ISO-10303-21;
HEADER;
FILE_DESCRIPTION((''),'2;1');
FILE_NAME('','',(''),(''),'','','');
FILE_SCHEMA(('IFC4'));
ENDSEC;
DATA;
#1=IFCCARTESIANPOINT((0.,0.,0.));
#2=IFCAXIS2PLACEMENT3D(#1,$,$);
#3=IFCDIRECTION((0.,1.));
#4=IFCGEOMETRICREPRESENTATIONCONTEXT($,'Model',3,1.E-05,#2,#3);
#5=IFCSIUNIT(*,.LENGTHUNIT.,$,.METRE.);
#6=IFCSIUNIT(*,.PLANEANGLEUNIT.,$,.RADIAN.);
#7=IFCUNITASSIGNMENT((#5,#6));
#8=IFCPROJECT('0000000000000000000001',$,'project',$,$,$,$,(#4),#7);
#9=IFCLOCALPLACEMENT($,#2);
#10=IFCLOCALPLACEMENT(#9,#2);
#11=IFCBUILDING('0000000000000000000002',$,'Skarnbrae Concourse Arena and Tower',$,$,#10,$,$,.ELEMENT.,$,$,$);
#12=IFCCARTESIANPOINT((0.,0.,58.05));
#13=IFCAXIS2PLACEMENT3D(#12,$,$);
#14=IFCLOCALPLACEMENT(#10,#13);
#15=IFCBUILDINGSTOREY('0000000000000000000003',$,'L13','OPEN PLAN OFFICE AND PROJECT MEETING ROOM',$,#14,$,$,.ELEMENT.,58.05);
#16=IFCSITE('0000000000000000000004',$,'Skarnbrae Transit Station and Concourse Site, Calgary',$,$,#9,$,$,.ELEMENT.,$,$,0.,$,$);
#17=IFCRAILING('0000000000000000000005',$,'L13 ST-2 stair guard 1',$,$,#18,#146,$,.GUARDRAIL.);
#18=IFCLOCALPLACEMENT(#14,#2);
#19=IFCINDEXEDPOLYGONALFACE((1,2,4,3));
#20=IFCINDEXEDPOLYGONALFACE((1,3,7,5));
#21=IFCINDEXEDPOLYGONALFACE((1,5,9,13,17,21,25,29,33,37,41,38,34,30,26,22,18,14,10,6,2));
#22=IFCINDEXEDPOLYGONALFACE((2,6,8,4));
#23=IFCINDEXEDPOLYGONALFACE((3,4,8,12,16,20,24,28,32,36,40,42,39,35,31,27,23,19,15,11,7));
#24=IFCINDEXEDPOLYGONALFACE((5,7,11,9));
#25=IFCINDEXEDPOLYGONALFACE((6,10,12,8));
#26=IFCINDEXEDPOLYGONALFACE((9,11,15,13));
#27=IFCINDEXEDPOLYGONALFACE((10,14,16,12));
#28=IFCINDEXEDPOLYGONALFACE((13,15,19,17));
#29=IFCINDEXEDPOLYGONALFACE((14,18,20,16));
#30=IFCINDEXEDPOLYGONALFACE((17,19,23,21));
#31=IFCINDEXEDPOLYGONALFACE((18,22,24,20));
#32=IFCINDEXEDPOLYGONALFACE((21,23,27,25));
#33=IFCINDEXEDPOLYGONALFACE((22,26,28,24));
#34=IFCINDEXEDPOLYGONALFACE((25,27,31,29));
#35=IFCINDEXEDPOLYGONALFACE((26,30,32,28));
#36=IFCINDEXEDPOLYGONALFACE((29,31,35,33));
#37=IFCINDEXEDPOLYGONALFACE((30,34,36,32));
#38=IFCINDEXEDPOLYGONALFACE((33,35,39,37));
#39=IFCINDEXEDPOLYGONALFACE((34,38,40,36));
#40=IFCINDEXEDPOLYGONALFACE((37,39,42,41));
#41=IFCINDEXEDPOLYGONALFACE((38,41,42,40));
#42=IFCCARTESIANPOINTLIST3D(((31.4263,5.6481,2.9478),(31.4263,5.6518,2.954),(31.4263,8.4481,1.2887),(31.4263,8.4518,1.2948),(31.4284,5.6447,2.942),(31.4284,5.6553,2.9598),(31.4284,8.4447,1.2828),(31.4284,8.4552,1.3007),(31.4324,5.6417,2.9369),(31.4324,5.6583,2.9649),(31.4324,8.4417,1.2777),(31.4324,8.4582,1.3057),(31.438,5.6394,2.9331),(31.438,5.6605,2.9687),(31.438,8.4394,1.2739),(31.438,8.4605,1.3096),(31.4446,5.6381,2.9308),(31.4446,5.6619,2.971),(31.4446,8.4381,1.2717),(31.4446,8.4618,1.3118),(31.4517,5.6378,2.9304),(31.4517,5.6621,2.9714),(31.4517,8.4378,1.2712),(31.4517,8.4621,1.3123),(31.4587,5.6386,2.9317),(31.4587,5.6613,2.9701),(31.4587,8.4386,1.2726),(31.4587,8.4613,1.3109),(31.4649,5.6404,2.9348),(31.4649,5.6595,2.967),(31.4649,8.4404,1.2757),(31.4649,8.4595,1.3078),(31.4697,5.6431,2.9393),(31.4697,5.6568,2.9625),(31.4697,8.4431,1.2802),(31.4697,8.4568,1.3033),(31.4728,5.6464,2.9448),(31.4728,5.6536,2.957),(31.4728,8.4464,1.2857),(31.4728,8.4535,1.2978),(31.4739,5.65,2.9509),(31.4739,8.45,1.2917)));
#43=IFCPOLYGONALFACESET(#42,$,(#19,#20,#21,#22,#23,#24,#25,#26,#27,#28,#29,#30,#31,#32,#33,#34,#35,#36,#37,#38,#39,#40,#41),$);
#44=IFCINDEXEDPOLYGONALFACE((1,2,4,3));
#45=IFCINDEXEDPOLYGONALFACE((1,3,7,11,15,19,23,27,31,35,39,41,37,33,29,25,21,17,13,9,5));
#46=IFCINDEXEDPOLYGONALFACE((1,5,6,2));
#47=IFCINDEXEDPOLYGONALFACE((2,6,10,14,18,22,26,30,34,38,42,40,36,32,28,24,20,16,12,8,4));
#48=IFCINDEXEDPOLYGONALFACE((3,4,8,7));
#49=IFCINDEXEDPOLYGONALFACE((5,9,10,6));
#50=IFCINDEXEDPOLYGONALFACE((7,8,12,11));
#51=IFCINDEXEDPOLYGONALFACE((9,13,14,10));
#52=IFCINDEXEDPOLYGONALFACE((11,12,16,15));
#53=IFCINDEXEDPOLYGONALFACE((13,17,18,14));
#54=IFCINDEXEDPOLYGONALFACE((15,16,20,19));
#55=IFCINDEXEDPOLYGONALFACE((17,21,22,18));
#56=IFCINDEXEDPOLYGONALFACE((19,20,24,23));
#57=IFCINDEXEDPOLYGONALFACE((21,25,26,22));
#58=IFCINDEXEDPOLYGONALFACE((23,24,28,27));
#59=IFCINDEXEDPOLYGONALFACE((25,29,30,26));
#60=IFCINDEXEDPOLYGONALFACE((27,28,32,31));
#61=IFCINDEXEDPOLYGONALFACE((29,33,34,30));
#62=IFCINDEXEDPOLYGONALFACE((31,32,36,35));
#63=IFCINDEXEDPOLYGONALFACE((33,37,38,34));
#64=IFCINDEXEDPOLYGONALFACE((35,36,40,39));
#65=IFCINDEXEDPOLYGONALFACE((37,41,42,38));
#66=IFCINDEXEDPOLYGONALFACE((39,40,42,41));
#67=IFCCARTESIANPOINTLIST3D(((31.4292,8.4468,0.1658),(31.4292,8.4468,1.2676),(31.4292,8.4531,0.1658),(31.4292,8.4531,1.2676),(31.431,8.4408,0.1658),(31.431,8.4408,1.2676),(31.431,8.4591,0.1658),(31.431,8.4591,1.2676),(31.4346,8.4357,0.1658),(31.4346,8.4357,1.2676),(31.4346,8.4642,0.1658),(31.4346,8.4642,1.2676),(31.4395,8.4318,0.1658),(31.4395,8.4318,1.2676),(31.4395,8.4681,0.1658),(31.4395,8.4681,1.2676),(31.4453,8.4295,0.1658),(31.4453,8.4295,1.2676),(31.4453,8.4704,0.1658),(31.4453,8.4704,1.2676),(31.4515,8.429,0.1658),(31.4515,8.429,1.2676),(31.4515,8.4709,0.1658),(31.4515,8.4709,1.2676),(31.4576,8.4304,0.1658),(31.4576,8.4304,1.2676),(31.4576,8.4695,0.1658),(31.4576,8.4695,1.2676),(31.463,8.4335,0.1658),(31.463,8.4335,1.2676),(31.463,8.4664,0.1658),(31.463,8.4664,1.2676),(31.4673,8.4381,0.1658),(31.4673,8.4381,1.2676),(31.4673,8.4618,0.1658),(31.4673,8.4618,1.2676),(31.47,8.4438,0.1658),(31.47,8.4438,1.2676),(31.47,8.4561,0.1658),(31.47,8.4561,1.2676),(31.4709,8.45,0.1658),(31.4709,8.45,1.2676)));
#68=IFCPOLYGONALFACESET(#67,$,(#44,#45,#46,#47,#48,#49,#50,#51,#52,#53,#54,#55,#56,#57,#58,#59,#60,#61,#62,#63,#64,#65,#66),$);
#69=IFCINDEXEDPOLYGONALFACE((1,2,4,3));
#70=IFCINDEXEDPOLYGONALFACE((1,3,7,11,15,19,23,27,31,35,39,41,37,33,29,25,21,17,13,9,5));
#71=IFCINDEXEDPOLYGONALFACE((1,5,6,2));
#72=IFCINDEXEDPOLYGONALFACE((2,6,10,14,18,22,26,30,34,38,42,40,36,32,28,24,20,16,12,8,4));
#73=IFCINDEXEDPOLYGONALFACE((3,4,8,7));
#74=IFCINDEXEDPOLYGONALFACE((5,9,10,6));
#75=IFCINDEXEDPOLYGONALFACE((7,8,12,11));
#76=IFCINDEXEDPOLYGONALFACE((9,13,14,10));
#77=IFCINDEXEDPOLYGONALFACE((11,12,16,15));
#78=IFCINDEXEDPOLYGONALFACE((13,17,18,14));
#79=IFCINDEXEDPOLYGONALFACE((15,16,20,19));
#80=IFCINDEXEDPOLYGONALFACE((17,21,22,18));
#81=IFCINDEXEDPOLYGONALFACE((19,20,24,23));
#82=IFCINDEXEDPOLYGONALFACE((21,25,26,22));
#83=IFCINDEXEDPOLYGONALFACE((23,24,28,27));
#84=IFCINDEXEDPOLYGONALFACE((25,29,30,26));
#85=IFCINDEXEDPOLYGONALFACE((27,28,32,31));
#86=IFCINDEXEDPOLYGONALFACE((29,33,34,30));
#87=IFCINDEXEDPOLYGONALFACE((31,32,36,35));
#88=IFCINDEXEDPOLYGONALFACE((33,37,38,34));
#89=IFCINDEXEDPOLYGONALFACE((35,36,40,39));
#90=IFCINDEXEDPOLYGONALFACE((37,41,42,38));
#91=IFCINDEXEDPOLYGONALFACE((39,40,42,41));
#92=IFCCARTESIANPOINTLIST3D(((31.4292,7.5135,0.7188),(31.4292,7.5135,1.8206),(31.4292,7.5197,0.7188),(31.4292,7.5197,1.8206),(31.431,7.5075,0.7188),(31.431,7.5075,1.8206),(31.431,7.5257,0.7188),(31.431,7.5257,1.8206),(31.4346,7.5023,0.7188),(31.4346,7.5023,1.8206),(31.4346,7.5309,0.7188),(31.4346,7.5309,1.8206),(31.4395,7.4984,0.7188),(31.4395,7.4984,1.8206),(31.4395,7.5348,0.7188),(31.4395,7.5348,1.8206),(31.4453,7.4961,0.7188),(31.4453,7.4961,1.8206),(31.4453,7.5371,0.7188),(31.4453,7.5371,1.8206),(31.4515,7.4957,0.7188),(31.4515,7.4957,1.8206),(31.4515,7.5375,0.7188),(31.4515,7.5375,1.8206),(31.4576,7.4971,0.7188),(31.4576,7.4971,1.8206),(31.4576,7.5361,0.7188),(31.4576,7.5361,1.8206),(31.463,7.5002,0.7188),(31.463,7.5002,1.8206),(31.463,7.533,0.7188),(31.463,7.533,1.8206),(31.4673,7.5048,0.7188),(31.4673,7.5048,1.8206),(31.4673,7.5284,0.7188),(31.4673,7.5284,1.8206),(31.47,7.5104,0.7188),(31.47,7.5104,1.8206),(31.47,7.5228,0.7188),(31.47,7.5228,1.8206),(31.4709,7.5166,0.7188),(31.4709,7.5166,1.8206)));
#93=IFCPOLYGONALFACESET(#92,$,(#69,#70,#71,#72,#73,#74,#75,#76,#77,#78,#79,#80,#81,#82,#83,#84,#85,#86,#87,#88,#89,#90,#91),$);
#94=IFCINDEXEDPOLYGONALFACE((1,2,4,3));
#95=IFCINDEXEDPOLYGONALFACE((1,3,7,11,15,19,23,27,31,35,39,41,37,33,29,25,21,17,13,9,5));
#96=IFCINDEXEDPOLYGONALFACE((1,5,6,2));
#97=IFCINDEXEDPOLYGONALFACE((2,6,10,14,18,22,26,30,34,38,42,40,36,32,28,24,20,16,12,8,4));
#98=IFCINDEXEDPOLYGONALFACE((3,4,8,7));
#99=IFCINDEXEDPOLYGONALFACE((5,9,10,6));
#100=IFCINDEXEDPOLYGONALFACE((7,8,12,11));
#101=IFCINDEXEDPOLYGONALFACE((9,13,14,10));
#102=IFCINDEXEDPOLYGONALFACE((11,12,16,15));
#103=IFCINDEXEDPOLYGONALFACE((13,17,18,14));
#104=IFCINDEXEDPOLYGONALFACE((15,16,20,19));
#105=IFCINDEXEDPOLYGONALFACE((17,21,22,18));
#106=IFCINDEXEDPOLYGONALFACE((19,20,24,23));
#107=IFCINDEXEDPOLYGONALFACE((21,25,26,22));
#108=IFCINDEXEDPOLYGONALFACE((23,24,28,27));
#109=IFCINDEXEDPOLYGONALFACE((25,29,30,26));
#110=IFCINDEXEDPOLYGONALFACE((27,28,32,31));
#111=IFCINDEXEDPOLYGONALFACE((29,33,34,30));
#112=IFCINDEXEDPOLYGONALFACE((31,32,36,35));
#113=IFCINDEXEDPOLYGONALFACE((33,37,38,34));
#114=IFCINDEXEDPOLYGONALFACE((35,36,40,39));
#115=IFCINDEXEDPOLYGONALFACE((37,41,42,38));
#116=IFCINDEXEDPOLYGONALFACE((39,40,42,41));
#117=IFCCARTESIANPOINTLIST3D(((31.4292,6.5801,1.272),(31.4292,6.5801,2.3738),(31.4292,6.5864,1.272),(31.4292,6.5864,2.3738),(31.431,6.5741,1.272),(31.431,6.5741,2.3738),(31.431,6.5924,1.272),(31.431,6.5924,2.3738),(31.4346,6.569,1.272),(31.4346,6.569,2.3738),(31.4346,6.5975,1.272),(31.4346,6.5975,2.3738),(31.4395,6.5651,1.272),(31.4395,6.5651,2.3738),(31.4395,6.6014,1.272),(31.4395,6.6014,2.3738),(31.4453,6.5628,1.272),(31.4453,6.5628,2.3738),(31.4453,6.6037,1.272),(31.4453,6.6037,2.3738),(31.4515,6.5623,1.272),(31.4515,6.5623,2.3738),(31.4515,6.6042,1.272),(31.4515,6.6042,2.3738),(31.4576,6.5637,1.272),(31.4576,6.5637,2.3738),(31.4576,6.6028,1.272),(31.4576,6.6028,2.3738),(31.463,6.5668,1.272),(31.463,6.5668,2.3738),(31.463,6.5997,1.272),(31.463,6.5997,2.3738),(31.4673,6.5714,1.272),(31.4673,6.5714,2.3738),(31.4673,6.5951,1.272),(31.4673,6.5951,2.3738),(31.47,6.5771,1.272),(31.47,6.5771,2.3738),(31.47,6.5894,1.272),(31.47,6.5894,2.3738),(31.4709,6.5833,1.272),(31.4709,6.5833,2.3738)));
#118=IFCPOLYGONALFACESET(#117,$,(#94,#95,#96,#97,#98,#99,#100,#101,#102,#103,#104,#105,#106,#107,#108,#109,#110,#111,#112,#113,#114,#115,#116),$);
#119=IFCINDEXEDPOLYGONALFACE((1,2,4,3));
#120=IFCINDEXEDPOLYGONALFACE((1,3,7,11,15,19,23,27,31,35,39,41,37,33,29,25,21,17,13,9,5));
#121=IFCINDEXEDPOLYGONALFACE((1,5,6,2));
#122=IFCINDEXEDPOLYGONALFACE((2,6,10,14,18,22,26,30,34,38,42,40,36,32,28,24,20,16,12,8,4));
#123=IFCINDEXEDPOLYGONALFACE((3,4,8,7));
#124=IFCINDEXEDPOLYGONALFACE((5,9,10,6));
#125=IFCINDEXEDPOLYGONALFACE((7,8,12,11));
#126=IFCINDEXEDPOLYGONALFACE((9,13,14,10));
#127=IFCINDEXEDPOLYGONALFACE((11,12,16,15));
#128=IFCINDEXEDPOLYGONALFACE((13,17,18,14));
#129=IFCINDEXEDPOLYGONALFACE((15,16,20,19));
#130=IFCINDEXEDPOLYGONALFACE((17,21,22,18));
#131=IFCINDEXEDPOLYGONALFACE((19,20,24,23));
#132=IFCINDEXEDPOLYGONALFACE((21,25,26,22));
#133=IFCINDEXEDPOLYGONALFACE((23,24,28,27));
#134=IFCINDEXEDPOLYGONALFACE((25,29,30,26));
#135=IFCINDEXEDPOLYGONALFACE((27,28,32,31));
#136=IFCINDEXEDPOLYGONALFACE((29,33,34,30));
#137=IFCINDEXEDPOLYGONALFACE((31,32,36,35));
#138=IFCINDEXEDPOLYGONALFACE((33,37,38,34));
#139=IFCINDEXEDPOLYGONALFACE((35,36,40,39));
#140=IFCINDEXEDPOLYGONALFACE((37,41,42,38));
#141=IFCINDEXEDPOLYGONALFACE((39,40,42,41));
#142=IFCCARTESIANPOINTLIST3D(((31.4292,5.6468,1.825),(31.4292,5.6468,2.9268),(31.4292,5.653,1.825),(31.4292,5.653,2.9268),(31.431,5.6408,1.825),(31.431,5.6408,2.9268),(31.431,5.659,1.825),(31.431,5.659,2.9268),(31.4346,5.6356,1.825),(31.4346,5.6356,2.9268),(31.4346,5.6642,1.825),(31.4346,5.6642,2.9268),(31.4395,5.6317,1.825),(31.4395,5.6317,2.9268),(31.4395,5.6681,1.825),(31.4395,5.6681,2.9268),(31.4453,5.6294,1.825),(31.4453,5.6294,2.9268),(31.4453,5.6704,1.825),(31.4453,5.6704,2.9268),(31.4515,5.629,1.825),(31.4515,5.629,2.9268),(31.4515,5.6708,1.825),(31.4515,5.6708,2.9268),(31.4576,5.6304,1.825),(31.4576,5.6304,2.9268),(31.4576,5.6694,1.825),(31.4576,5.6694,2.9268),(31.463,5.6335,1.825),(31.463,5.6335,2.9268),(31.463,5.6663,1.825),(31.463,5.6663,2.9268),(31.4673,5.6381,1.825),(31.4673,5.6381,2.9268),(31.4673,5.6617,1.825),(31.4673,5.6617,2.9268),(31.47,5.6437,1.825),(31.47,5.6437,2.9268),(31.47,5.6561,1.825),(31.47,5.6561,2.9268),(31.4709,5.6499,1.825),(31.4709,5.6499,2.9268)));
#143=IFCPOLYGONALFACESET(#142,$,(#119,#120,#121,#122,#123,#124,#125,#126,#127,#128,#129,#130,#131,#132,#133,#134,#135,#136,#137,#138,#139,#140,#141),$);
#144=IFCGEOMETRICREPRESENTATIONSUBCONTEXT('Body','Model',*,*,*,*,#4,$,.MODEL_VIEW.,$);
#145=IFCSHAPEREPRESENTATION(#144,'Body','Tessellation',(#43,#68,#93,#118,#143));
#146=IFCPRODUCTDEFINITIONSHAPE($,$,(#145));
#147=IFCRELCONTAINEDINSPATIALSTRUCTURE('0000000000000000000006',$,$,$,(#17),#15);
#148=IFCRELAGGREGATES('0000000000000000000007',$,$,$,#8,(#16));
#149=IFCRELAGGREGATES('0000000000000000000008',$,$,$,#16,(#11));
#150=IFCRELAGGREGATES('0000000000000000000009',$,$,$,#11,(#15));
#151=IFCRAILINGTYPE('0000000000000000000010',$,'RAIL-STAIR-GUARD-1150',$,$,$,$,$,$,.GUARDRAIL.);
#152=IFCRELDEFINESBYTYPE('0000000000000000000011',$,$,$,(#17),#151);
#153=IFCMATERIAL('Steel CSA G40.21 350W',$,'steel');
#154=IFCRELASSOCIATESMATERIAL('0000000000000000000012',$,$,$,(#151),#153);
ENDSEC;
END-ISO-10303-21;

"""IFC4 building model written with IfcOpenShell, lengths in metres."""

from ifc_helpers import new_model, si_unit, direction, frame, origin, origin_2d, place, context, subcontext, project, spatial, circle, extrude, material, type_object, element, save


model = new_model("IFC4")

# Units and contexts
model_context = context("Model", 3, precision=1e-05, world=origin(), true_north=direction((0.0, 1.0)))
body_context = subcontext(model_context, "Body", "Model", "MODEL_VIEW")
ifc_project = project(units=[si_unit("LENGTHUNIT", "METRE"), si_unit("PLANEANGLEUNIT", "RADIAN")], contexts=[model_context])

# Site, building, storey
site_placement = place(None, origin())
site = spatial("IfcSite", under=ifc_project, at=site_placement, Name="Skarnbrae Transit Station and Concourse Site, Calgary", CompositionType="ELEMENT", RefElevation=0.0)
building_placement = place(site_placement, origin())
building = spatial("IfcBuilding", under=site, at=building_placement, Name="Skarnbrae Concourse Arena and Tower", CompositionType="ELEMENT")
storey_placement = place(building_placement, frame((0.0, 0.0, 58.05)))
storey = spatial("IfcBuildingStorey", under=building, at=storey_placement, Name="L13", Description="OPEN PLAN OFFICE AND PROJECT MEETING ROOM", CompositionType="ELEMENT", Elevation=58.05)

# Shared definitions
ifc_material_1 = material(Name="Steel CSA G40.21 350W", Category="steel")

# Railing
railing_type_1 = type_object("IfcRailingType", Name="RAIL-STAIR-GUARD-1150", PredefinedType="GUARDRAIL", material=ifc_material_1)
railing_1_placement = place(storey_placement, frame((31.45, 8.45, 0.1658)))
element("IfcRailing", 1, at=railing_1_placement, inside=storey, type_object=railing_type_1, Name="L13 ST-2 stair guard 1", PredefinedType="GUARDRAIL", context=body_context, shape_type="SweptSolid", body=[
    extrude(circle(Radius=0.0239, at=origin_2d()), frame((0.0, 0.0, 1.126), z_axis=(0.0, -0.860306, 0.509778), x_axis=(1.0, 0.0, 0.0)), (0.0, 0.0, 1.0), 3.2546),
    extrude(circle(Radius=0.021, at=origin_2d()), origin(), (0.0, 0.0, 1.0), 1.1018),
    extrude(circle(Radius=0.021, at=origin_2d()), frame((0.0, -0.9333, 0.553)), (0.0, 0.0, 1.0), 1.1018),
    extrude(circle(Radius=0.021, at=origin_2d()), frame((0.0, -1.8667, 1.1062)), (0.0, 0.0, 1.0), 1.1018),
    extrude(circle(Radius=0.021, at=origin_2d()), frame((0.0, -2.8, 1.6592)), (0.0, 0.0, 1.0), 1.1018),
])

save(model, "model.ifc")
